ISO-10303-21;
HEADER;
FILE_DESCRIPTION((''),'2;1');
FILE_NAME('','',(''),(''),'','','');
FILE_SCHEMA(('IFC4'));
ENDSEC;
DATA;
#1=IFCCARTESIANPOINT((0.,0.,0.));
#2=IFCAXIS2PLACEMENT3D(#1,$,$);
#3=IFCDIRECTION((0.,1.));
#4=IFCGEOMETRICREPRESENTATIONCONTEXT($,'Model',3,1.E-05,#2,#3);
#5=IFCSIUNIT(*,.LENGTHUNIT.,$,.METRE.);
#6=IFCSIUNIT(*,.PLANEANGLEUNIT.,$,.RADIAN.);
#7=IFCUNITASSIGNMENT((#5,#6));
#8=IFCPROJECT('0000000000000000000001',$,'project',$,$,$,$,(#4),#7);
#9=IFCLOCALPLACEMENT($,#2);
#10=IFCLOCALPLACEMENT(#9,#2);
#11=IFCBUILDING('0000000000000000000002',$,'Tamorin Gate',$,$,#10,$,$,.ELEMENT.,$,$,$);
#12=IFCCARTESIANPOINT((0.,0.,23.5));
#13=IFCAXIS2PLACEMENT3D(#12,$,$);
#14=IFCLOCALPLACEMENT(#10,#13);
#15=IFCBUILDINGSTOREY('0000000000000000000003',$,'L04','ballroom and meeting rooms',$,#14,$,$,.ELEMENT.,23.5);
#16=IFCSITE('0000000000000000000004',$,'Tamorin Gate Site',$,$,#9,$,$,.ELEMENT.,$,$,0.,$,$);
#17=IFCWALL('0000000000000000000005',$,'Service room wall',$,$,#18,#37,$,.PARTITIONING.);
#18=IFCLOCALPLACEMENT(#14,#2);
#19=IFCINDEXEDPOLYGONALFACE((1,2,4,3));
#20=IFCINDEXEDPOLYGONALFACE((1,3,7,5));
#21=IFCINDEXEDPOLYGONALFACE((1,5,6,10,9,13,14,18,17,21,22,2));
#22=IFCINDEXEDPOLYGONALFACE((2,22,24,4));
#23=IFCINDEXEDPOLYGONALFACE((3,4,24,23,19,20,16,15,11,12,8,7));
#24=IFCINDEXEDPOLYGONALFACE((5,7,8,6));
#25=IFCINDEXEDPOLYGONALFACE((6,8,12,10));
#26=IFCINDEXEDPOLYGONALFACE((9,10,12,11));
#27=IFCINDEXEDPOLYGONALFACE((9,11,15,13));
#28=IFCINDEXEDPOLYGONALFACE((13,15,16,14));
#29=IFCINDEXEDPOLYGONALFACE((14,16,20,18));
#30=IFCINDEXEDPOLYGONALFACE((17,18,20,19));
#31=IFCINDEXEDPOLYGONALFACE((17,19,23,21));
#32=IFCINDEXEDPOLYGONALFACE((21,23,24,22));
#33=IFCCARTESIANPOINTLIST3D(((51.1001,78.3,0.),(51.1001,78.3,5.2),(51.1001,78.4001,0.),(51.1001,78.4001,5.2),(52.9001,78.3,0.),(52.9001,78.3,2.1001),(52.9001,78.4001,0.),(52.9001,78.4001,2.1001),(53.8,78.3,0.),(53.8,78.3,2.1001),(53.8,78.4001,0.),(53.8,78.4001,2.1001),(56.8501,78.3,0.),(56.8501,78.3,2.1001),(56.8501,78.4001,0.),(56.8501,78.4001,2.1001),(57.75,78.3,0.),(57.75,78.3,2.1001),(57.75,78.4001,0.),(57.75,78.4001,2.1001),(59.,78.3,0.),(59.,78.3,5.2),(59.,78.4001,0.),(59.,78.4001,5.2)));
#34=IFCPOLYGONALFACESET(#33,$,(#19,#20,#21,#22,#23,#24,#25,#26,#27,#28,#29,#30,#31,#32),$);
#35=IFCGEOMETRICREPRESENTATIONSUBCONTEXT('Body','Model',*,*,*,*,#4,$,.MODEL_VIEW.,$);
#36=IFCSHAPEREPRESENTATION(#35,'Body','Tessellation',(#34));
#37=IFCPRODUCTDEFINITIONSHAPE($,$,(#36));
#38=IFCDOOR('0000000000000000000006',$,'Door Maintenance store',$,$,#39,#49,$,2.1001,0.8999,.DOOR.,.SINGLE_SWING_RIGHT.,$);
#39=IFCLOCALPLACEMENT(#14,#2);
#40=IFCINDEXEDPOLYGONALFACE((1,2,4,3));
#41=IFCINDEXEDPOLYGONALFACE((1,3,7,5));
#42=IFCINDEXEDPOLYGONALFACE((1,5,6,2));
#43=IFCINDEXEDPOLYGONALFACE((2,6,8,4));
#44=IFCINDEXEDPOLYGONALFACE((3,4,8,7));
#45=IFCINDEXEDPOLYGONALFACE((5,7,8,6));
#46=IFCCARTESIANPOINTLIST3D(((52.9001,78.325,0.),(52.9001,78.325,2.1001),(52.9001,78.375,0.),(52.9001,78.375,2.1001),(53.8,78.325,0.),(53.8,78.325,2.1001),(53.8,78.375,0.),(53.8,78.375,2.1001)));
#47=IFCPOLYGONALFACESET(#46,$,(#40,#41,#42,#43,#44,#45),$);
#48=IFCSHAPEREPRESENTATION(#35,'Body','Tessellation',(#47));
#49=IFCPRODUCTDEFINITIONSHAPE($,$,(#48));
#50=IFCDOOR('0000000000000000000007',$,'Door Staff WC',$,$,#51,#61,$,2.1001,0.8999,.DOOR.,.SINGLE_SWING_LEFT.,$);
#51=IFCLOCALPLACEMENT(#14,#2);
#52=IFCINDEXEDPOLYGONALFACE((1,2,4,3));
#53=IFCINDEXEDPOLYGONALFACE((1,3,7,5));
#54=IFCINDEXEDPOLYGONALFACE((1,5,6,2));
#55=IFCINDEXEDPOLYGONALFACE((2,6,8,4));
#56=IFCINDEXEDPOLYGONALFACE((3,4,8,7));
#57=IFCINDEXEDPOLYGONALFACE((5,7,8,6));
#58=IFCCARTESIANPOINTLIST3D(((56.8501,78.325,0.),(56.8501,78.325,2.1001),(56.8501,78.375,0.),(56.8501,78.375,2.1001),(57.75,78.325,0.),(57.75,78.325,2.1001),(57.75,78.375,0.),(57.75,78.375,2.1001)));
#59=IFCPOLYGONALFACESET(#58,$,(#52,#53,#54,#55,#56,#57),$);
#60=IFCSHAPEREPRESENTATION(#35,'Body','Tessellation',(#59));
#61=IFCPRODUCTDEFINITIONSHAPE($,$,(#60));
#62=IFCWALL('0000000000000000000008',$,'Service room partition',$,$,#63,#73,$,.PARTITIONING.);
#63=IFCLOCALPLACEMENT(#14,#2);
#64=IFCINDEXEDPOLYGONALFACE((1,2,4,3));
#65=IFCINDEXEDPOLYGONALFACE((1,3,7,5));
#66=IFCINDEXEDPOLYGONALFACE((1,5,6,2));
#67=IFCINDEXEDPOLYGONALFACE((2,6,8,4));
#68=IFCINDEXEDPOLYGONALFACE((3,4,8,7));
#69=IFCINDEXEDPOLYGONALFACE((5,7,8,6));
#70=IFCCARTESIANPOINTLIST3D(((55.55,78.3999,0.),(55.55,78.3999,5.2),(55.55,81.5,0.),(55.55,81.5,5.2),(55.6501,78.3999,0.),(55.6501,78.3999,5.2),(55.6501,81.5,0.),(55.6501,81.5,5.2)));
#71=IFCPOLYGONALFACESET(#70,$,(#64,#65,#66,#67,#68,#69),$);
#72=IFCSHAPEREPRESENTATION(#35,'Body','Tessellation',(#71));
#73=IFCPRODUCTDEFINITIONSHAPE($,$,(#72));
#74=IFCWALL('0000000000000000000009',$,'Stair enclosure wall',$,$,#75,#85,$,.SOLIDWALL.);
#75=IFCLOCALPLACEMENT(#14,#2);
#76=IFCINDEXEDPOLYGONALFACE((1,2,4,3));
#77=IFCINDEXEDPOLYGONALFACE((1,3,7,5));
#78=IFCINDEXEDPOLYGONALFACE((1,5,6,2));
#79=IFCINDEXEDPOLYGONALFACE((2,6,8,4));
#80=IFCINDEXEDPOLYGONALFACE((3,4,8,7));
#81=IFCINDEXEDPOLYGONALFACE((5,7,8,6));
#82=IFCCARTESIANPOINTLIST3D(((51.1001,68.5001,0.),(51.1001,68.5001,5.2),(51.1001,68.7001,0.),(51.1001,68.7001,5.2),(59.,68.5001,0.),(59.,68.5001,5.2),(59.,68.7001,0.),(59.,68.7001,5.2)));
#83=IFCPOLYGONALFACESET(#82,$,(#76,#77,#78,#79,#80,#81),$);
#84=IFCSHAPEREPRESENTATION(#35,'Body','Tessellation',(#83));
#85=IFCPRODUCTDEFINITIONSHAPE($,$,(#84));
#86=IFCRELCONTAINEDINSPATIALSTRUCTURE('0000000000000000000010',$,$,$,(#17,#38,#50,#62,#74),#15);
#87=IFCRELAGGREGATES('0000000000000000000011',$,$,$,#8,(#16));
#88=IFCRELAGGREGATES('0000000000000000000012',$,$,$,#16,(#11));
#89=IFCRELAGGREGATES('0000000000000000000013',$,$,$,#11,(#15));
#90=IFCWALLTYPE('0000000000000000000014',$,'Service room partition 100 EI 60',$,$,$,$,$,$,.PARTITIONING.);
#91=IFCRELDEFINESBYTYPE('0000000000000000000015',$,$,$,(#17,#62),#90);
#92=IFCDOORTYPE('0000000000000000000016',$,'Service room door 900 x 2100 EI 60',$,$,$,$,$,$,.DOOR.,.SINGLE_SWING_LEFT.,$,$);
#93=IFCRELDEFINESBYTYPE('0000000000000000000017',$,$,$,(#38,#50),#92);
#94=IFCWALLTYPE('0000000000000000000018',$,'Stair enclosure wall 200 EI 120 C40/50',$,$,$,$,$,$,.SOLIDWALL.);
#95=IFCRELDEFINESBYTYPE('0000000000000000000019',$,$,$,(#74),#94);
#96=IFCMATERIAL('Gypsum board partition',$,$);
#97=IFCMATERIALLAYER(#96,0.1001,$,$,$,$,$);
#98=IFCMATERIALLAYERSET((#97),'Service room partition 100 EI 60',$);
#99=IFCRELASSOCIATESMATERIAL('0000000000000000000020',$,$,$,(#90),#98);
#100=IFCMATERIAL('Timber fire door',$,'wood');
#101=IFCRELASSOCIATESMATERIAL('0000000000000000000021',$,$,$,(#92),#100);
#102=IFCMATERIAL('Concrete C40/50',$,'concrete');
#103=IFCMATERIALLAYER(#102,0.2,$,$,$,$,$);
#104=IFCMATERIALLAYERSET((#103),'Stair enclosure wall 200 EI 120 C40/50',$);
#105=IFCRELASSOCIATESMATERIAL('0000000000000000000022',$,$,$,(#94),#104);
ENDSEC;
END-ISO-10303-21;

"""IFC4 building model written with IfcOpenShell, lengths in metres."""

from ifc_helpers import new_model, si_unit, direction, frame, frame_2d, origin, place, context, subcontext, project, spatial, rectangle, extrude, material, layer, layer_set, type_object, element, fill, save


model = new_model("IFC4")

# Units and contexts
model_context = context("Model", 3, precision=1e-05, world=origin(), true_north=direction((0.0, 1.0)))
body_context = subcontext(model_context, "Body", "Model", "MODEL_VIEW")
ifc_project = project(units=[si_unit("LENGTHUNIT", "METRE"), si_unit("PLANEANGLEUNIT", "RADIAN")], contexts=[model_context])

# Site, building, storey
site_placement = place(None, origin())
site = spatial("IfcSite", under=ifc_project, at=site_placement, Name="Tamorin Gate Site", CompositionType="ELEMENT", RefElevation=0.0)
building_placement = place(site_placement, origin())
building = spatial("IfcBuilding", under=site, at=building_placement, Name="Tamorin Gate", CompositionType="ELEMENT")
storey_placement = place(building_placement, frame((0.0, 0.0, 23.5)))
storey = spatial("IfcBuildingStorey", under=building, at=storey_placement, Name="L04", Description="ballroom and meeting rooms", CompositionType="ELEMENT", Elevation=23.5)

# Shared definitions
ifc_material_1 = material(Name="Gypsum board partition")
ifc_layer_1 = layer(ifc_material_1, 0.1001)
ifc_layer_set_1 = layer_set([ifc_layer_1], Name="Service room partition 100 EI 60")
wall_type_1 = type_object("IfcWallType", Name="Service room partition 100 EI 60", PredefinedType="PARTITIONING", material=ifc_layer_set_1)

# Wall, openings, doors
wall_1_placement = place(storey_placement, frame((51.1001, 78.3501, 0.0), z_axis=(0.0, 0.0, 1.0), x_axis=(1.0, 0.0, 0.0)))
wall_1 = element("IfcWall", 1, at=wall_1_placement, inside=storey, type_object=wall_type_1, Name="Service room wall", PredefinedType="PARTITIONING", context=body_context, shape_type="SweptSolid", body=[
    extrude(rectangle(XDim=7.8999, YDim=0.1001, at=frame_2d((3.95, 0.0))), origin(), (0.0, 0.0, 1.0), 5.2),
])
opening_1_placement = place(wall_1_placement, frame((1.8, 0.0, 0.0)))
opening_1 = element("IfcOpeningElement", 2, at=opening_1_placement, cuts=wall_1, PredefinedType="OPENING", context=body_context, shape_type="SweptSolid", body=[
    extrude(rectangle(XDim=0.8999, YDim=2.1001, at=frame_2d((0.45, 1.05))), frame((0.0, 0.0601, 0.0), z_axis=(0.0, -1.0, 0.0), x_axis=(1.0, 0.0, 0.0)), (0.0, 0.0, 1.0), 0.1201),
])
opening_2_placement = place(wall_1_placement, frame((5.75, 0.0, 0.0)))
opening_2 = element("IfcOpeningElement", 3, at=opening_2_placement, cuts=wall_1, PredefinedType="OPENING", context=body_context, shape_type="SweptSolid", body=[
    extrude(rectangle(XDim=0.8999, YDim=2.1001, at=frame_2d((0.45, 1.05))), frame((0.0, 0.0601, 0.0), z_axis=(0.0, -1.0, 0.0), x_axis=(1.0, 0.0, 0.0)), (0.0, 0.0, 1.0), 0.1201),
])
ifc_material_2 = material(Name="Timber fire door", Category="wood")
door_type_1 = type_object("IfcDoorType", Name="Service room door 900 x 2100 EI 60", OperationType="SINGLE_SWING_LEFT", PredefinedType="DOOR", material=ifc_material_2)
door_1_placement = place(opening_1_placement, origin())
door_1 = element("IfcDoor", 4, at=door_1_placement, inside=storey, type_object=door_type_1, Name="Door Maintenance store", OperationType="SINGLE_SWING_RIGHT", OverallHeight=2.1001, OverallWidth=0.8999, PredefinedType="DOOR", context=body_context, shape_type="SweptSolid", body=[
    extrude(rectangle(XDim=0.8999, YDim=2.1001, at=frame_2d((0.45, 1.05))), frame((0.0, 0.0249, 0.0), z_axis=(0.0, -1.0, 0.0), x_axis=(1.0, 0.0, 0.0)), (0.0, 0.0, 1.0), 0.05),
])
fill(opening_1, door_1)
door_2_placement = place(opening_2_placement, origin())
door_2 = element("IfcDoor", 5, at=door_2_placement, inside=storey, type_object=door_type_1, Name="Door Staff WC", OperationType="SINGLE_SWING_LEFT", OverallHeight=2.1001, OverallWidth=0.8999, PredefinedType="DOOR", context=body_context, shape_type="SweptSolid", body=[
    extrude(rectangle(XDim=0.8999, YDim=2.1001, at=frame_2d((0.45, 1.05))), frame((0.0, 0.0249, 0.0), z_axis=(0.0, -1.0, 0.0), x_axis=(1.0, 0.0, 0.0)), (0.0, 0.0, 1.0), 0.05),
])
fill(opening_2, door_2)

# Walls
wall_2_placement = place(storey_placement, frame((55.6001, 78.3999, 0.0), z_axis=(0.0, 0.0, 1.0), x_axis=(0.0, 1.0, 0.0)))
element("IfcWall", 6, at=wall_2_placement, inside=storey, type_object=wall_type_1, Name="Service room partition", PredefinedType="PARTITIONING", context=body_context, shape_type="SweptSolid", body=[
    extrude(rectangle(XDim=3.1001, YDim=0.1001, at=frame_2d((1.55, 0.0))), origin(), (0.0, 0.0, 1.0), 5.2),
])
ifc_material_3 = material(Name="Concrete C40/50", Category="concrete")
ifc_layer_2 = layer(ifc_material_3, 0.2)
ifc_layer_set_2 = layer_set([ifc_layer_2], Name="Stair enclosure wall 200 EI 120 C40/50")
wall_type_2 = type_object("IfcWallType", Name="Stair enclosure wall 200 EI 120 C40/50", PredefinedType="SOLIDWALL", material=ifc_layer_set_2)
wall_3_placement = place(storey_placement, frame((51.1001, 68.6001, 0.0), z_axis=(0.0, 0.0, 1.0), x_axis=(1.0, 0.0, 0.0)))
element("IfcWall", 7, at=wall_3_placement, inside=storey, type_object=wall_type_2, Name="Stair enclosure wall", PredefinedType="SOLIDWALL", context=body_context, shape_type="SweptSolid", body=[
    extrude(rectangle(XDim=7.8999, YDim=0.2, at=frame_2d((3.95, 0.0))), origin(), (0.0, 0.0, 1.0), 5.2),
])

save(model, "model.ifc")
